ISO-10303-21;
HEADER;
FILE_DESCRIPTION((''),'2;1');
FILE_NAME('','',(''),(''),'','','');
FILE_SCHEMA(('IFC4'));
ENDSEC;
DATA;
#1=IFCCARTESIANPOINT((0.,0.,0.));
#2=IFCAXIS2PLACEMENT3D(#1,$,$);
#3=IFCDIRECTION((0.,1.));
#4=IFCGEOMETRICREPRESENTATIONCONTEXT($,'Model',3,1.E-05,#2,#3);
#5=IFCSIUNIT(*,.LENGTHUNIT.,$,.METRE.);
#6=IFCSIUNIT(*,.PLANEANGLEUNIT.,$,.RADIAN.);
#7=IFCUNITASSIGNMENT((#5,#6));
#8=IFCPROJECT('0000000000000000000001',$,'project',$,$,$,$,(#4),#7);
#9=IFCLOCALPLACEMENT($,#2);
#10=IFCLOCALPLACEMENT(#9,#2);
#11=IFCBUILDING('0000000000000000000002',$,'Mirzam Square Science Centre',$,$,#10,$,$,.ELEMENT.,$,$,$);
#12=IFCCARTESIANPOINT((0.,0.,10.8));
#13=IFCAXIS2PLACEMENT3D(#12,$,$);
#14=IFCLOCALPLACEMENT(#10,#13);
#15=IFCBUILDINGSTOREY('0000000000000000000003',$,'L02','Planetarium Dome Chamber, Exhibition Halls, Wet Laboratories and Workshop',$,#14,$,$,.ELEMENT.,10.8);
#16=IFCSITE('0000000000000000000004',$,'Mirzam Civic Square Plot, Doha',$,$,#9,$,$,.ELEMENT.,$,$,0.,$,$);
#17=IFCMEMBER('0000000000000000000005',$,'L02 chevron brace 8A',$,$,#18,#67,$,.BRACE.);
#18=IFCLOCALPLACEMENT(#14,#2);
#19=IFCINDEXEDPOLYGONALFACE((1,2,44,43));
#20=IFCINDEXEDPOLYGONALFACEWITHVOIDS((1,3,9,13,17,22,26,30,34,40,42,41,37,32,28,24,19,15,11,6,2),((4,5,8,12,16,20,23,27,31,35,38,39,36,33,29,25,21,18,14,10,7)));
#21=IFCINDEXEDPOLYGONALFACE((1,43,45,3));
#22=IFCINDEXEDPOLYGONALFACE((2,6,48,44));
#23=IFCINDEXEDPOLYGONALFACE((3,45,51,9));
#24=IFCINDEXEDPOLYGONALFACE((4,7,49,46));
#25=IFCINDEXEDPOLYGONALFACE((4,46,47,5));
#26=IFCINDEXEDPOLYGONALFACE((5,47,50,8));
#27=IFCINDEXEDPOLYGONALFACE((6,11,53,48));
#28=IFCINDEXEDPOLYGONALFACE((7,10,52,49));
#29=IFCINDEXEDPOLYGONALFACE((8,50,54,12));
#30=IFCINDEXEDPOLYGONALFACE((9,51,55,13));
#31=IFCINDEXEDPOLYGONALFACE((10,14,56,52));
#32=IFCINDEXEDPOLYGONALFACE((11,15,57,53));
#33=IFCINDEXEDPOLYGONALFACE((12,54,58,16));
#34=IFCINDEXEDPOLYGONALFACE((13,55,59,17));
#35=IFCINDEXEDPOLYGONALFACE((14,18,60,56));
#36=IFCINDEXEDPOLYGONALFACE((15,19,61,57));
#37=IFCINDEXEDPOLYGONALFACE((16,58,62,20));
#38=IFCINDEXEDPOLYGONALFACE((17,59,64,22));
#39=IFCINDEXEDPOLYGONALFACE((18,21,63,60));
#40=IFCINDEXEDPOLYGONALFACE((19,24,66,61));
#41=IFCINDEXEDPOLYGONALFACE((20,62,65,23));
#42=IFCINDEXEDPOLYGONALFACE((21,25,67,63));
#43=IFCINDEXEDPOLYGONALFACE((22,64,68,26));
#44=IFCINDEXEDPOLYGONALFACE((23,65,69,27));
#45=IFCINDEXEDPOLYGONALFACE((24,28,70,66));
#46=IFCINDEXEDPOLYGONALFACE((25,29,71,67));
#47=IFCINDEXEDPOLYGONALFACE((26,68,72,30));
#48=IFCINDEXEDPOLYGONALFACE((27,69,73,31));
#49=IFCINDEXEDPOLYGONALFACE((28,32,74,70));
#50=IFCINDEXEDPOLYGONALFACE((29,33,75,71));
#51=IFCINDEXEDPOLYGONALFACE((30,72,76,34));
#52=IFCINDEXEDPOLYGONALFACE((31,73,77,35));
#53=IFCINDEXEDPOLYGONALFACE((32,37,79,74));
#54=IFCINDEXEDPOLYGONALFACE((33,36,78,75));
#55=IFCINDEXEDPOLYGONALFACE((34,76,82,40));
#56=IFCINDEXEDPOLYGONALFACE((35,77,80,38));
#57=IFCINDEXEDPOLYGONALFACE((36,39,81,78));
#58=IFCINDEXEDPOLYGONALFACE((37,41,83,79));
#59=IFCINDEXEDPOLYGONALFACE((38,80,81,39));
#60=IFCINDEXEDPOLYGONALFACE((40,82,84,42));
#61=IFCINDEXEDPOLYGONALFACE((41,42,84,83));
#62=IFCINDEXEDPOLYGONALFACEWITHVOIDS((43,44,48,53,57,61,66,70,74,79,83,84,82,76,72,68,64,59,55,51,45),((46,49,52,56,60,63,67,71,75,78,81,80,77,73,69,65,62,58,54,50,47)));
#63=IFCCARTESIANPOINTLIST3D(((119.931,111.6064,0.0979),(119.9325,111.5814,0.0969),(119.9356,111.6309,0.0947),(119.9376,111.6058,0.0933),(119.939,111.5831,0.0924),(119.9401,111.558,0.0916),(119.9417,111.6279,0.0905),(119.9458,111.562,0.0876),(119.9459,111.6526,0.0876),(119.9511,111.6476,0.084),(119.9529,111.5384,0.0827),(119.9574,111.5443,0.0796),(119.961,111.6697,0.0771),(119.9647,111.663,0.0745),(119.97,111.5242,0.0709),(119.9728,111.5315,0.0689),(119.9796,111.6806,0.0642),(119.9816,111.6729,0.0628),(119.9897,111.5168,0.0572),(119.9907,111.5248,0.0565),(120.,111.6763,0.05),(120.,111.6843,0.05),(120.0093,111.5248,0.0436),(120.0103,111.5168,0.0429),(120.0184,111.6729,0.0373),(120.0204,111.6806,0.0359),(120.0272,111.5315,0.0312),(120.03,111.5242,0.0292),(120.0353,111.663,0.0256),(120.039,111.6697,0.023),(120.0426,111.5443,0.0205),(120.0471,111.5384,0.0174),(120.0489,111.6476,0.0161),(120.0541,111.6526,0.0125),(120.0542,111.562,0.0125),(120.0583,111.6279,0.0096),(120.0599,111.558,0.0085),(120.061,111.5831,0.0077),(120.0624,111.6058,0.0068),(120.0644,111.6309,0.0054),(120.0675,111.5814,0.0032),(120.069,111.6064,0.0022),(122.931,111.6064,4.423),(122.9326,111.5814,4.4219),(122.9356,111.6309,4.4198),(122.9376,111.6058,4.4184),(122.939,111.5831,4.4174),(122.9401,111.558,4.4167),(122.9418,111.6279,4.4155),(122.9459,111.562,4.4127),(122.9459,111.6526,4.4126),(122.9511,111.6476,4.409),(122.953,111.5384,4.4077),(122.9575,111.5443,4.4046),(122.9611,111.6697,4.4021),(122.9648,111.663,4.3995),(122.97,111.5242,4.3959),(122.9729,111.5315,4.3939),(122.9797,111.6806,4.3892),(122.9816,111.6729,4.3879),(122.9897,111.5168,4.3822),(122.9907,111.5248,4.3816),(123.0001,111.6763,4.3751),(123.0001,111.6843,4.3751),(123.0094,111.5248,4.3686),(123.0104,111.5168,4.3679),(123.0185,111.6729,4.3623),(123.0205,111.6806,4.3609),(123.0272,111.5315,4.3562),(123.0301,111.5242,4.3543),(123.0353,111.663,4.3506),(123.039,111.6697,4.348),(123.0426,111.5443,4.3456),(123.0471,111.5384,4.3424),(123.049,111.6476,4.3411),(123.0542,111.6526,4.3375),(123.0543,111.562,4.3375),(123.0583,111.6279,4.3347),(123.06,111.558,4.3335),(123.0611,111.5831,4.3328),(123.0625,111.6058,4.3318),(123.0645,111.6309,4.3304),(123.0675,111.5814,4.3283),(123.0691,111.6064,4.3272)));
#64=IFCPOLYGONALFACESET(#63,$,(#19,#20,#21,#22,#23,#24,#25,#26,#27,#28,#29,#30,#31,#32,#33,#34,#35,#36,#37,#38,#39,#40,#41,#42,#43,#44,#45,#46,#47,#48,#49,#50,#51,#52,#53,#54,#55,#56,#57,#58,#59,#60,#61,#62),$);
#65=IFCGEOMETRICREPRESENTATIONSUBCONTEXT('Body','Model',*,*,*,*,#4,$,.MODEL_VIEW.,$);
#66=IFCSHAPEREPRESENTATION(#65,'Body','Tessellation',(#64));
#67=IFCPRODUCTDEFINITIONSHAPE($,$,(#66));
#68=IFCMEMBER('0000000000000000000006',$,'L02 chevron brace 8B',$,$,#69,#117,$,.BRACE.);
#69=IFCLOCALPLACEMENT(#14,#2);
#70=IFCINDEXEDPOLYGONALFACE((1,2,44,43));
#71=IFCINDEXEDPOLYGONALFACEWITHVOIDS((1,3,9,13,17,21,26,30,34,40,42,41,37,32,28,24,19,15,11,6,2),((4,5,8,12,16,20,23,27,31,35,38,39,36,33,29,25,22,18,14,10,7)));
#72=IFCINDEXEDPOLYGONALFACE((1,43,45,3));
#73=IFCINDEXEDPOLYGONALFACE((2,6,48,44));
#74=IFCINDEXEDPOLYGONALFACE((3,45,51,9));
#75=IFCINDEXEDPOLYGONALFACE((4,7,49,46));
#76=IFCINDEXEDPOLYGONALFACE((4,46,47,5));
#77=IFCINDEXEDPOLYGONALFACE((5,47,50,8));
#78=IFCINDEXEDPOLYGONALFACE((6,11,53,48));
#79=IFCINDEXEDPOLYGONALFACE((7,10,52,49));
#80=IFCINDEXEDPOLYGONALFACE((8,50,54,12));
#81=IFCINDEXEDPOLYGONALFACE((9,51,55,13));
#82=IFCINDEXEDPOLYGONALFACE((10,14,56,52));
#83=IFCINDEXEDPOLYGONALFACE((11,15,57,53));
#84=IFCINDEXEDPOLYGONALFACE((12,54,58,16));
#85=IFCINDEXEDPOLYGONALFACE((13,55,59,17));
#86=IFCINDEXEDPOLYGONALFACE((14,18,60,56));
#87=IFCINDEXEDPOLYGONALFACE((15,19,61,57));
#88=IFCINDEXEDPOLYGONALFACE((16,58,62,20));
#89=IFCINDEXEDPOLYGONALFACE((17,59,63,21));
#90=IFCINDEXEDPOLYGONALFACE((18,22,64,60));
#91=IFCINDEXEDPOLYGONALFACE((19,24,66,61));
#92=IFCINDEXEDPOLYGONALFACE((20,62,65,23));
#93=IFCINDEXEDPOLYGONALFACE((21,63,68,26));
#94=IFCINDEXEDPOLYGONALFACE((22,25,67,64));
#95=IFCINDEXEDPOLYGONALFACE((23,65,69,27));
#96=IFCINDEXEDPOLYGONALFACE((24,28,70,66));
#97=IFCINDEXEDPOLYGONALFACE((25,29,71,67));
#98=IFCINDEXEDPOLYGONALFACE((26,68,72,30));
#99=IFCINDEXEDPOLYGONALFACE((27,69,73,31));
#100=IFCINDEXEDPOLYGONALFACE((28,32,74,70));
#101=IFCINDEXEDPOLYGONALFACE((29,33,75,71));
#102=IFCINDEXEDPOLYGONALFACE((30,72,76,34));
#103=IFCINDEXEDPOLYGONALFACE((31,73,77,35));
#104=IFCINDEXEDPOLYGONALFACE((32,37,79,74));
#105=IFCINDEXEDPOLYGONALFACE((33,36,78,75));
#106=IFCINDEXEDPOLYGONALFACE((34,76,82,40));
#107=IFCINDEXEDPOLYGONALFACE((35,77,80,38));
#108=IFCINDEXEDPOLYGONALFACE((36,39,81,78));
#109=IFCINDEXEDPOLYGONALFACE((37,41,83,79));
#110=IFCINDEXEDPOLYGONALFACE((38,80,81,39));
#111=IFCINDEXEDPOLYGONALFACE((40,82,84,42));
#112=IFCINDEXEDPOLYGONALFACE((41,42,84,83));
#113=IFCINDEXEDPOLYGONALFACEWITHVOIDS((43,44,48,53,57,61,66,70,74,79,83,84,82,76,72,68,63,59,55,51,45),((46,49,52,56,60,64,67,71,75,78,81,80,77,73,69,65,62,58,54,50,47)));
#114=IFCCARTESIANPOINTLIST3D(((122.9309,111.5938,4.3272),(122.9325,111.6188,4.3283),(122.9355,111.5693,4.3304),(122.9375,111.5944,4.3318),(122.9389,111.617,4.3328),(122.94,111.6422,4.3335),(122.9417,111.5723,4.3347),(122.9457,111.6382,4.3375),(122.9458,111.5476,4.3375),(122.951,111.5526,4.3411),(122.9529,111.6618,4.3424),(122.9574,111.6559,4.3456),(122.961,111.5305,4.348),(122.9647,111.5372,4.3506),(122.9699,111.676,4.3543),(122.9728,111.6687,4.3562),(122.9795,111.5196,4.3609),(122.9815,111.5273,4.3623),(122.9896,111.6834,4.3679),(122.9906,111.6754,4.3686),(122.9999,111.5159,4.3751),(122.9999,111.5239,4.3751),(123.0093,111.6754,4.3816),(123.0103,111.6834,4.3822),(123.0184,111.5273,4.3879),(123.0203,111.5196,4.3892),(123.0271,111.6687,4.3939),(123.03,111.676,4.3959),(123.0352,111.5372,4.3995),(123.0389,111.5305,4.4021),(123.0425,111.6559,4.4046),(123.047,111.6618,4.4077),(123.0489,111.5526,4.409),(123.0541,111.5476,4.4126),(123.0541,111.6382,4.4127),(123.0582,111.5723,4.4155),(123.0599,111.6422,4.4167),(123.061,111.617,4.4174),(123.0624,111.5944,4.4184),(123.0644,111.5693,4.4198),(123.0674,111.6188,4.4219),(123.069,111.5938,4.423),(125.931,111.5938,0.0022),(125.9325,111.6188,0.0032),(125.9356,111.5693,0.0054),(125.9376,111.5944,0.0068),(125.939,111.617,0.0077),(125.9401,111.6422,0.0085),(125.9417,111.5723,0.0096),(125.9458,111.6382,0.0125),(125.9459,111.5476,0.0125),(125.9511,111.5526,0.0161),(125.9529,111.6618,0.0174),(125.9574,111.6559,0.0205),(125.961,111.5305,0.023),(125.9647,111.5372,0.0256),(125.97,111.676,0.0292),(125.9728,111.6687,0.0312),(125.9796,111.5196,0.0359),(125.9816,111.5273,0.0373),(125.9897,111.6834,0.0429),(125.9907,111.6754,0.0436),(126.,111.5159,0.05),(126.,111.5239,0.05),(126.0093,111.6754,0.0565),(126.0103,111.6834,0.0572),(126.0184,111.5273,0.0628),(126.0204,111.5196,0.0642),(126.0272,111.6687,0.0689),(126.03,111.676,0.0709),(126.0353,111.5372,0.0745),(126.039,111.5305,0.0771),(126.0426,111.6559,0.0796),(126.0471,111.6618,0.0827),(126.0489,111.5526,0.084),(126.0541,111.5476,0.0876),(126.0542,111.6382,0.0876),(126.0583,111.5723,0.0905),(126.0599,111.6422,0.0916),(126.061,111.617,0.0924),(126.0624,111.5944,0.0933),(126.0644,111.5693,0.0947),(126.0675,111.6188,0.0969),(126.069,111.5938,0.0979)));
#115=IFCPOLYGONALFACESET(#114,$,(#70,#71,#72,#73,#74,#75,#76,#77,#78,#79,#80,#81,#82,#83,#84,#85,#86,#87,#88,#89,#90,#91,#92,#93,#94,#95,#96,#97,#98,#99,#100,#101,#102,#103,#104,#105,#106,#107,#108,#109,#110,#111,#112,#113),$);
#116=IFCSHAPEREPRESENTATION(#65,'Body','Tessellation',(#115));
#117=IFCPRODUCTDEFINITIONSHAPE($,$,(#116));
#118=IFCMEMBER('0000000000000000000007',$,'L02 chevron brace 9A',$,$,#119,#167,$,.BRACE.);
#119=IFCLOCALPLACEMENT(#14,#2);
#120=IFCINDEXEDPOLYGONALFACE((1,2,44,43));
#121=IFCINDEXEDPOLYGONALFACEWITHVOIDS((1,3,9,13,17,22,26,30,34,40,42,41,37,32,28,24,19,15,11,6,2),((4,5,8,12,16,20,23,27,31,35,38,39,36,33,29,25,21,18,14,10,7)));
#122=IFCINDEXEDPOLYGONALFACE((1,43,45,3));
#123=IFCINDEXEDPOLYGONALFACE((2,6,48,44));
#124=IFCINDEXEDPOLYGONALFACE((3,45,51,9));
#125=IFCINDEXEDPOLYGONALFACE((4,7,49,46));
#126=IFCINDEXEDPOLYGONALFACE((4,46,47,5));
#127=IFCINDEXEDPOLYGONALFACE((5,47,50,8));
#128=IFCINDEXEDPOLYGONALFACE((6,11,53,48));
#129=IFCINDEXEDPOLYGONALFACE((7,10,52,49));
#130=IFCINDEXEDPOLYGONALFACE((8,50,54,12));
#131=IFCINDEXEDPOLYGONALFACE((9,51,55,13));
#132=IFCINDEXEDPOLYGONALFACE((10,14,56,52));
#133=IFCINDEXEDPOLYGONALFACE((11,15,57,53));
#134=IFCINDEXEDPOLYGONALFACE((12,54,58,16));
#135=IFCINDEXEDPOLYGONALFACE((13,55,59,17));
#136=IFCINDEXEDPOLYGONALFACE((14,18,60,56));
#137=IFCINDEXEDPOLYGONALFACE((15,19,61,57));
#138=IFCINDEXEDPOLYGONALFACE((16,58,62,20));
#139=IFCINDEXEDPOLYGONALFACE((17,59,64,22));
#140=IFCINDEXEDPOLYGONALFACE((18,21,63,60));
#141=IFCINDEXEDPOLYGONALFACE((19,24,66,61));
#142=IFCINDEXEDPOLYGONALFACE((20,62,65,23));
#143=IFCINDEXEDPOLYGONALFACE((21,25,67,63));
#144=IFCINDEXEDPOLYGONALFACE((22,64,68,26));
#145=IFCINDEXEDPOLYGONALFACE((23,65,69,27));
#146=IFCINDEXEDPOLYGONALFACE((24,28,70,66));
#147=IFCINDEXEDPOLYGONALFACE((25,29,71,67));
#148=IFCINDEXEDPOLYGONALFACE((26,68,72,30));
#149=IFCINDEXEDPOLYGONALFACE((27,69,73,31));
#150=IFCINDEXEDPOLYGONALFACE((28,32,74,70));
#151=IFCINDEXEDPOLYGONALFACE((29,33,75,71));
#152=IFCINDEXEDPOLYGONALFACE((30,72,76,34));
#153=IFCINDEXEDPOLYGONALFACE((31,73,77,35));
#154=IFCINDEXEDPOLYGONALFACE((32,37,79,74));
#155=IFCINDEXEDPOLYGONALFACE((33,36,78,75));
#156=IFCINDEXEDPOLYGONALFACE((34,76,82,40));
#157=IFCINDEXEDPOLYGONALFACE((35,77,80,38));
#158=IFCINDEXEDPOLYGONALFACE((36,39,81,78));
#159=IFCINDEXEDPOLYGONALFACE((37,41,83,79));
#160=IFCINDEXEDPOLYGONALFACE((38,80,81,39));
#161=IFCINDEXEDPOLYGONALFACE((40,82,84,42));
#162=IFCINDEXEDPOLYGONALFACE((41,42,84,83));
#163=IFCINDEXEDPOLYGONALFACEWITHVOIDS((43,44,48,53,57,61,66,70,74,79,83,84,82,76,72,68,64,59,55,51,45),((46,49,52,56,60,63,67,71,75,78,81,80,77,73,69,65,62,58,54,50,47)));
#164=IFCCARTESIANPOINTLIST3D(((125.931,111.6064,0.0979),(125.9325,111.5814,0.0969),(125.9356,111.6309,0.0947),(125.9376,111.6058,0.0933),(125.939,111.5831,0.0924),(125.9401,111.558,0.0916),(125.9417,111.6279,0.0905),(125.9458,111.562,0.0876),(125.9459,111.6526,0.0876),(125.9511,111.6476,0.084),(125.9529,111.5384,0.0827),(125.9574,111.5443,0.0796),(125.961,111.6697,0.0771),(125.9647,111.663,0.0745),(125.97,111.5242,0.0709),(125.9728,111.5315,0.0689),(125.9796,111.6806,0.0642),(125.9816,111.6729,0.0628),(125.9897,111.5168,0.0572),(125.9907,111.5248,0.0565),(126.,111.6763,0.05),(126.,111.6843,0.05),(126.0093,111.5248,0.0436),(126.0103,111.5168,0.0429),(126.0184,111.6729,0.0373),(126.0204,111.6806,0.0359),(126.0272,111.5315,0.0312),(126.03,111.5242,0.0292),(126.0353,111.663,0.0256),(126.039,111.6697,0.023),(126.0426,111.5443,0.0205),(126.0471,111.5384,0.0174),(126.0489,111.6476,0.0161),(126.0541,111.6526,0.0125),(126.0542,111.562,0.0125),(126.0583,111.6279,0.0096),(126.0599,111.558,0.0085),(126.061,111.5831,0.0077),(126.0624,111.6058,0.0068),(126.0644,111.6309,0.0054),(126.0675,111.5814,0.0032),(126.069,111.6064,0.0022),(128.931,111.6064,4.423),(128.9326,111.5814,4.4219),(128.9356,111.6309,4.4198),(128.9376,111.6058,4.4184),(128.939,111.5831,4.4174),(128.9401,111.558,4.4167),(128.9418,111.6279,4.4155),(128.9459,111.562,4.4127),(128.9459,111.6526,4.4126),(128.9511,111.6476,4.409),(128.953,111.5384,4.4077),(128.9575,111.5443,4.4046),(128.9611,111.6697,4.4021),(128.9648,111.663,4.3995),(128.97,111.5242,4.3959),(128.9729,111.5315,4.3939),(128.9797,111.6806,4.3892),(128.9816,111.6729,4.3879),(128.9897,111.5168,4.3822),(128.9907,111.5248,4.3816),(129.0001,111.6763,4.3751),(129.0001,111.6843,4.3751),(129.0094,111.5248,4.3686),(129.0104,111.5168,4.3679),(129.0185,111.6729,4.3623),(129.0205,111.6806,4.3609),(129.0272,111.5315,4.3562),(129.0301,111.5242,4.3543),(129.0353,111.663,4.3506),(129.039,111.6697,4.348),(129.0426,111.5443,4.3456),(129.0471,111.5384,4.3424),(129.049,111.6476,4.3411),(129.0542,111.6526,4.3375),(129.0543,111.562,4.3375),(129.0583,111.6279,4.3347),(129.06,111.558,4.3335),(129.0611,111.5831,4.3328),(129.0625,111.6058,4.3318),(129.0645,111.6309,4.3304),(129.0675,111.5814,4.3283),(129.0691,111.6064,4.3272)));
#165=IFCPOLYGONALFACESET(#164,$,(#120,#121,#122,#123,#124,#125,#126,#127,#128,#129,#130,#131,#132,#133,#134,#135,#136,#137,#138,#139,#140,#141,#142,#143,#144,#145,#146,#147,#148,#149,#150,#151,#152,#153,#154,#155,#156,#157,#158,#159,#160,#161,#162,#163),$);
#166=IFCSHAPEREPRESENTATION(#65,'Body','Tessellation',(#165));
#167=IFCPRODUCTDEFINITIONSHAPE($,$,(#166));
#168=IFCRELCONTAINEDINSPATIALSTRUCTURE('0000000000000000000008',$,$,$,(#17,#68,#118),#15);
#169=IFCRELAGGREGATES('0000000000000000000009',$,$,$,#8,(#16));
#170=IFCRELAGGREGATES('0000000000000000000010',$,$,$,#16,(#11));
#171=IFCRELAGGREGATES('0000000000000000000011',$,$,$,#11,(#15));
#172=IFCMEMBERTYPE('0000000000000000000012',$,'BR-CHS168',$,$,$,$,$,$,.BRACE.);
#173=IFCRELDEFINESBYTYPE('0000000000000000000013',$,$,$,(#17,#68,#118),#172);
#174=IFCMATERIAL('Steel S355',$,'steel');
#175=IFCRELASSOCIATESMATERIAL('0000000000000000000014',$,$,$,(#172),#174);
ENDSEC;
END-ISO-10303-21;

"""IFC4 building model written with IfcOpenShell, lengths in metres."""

from ifc_helpers import new_model, si_unit, direction, frame, origin, origin_2d, place, context, subcontext, project, spatial, hollow_circle, extrude, material, material_profile, profile_set, type_object, element, save


model = new_model("IFC4")

# Units and contexts
model_context = context("Model", 3, precision=1e-05, world=origin(), true_north=direction((0.0, 1.0)))
body_context = subcontext(model_context, "Body", "Model", "MODEL_VIEW")
ifc_project = project(units=[si_unit("LENGTHUNIT", "METRE"), si_unit("PLANEANGLEUNIT", "RADIAN")], contexts=[model_context])

# Site, building, storey
site_placement = place(None, origin())
site = spatial("IfcSite", under=ifc_project, at=site_placement, Name="Mirzam Civic Square Plot, Doha", CompositionType="ELEMENT", RefElevation=0.0)
building_placement = place(site_placement, origin())
building = spatial("IfcBuilding", under=site, at=building_placement, Name="Mirzam Square Science Centre", CompositionType="ELEMENT")
storey_placement = place(building_placement, frame((0.0, 0.0, 10.8)))
storey = spatial("IfcBuildingStorey", under=building, at=storey_placement, Name="L02", Description="Planetarium Dome Chamber, Exhibition Halls, Wet Laboratories and Workshop", CompositionType="ELEMENT", Elevation=10.8)

# Shared definitions
ifc_material_1 = material(Name="Steel S355", Category="steel")

# Members
ifc_material_profile_1 = material_profile(ifc_material_1, hollow_circle(Radius=0.0842, WallThickness=0.0081, at=origin_2d()), Name="168.3x8.0CHS")
ifc_profile_set_1 = profile_set([ifc_material_profile_1], Name="Steel S355")
member_type_1 = type_object("IfcMemberType", Name="BR-CHS168", PredefinedType="BRACE", material=ifc_profile_set_1)
for number, where, z_axis, x_axis, name in (
    (1, (120.0, 111.6001, 0.05), (0.569955, 0.0, 0.821676), (0.0, 1.0, 0.0), "L02 chevron brace 8A"),
    (2, (126.0, 111.6001, 0.05), (-0.569955, 0.0, 0.821676), (0.0, -1.0, 0.0), "L02 chevron brace 8B"),
    (3, (126.0, 111.6001, 0.05), (0.569955, 0.0, 0.821676), (0.0, 1.0, 0.0), "L02 chevron brace 9A"),
):
    element("IfcMember", number, at=place(storey_placement, frame(where, z_axis=z_axis, x_axis=x_axis)), inside=storey, type_object=member_type_1, Name=name, PredefinedType="BRACE", context=body_context, shape_type="SweptSolid", body=[
        extrude(hollow_circle(Radius=0.0842, WallThickness=0.0081, at=origin_2d()), origin(), (0.0, 0.0, 1.0), 5.2637),
    ])

save(model, "model.ifc")
